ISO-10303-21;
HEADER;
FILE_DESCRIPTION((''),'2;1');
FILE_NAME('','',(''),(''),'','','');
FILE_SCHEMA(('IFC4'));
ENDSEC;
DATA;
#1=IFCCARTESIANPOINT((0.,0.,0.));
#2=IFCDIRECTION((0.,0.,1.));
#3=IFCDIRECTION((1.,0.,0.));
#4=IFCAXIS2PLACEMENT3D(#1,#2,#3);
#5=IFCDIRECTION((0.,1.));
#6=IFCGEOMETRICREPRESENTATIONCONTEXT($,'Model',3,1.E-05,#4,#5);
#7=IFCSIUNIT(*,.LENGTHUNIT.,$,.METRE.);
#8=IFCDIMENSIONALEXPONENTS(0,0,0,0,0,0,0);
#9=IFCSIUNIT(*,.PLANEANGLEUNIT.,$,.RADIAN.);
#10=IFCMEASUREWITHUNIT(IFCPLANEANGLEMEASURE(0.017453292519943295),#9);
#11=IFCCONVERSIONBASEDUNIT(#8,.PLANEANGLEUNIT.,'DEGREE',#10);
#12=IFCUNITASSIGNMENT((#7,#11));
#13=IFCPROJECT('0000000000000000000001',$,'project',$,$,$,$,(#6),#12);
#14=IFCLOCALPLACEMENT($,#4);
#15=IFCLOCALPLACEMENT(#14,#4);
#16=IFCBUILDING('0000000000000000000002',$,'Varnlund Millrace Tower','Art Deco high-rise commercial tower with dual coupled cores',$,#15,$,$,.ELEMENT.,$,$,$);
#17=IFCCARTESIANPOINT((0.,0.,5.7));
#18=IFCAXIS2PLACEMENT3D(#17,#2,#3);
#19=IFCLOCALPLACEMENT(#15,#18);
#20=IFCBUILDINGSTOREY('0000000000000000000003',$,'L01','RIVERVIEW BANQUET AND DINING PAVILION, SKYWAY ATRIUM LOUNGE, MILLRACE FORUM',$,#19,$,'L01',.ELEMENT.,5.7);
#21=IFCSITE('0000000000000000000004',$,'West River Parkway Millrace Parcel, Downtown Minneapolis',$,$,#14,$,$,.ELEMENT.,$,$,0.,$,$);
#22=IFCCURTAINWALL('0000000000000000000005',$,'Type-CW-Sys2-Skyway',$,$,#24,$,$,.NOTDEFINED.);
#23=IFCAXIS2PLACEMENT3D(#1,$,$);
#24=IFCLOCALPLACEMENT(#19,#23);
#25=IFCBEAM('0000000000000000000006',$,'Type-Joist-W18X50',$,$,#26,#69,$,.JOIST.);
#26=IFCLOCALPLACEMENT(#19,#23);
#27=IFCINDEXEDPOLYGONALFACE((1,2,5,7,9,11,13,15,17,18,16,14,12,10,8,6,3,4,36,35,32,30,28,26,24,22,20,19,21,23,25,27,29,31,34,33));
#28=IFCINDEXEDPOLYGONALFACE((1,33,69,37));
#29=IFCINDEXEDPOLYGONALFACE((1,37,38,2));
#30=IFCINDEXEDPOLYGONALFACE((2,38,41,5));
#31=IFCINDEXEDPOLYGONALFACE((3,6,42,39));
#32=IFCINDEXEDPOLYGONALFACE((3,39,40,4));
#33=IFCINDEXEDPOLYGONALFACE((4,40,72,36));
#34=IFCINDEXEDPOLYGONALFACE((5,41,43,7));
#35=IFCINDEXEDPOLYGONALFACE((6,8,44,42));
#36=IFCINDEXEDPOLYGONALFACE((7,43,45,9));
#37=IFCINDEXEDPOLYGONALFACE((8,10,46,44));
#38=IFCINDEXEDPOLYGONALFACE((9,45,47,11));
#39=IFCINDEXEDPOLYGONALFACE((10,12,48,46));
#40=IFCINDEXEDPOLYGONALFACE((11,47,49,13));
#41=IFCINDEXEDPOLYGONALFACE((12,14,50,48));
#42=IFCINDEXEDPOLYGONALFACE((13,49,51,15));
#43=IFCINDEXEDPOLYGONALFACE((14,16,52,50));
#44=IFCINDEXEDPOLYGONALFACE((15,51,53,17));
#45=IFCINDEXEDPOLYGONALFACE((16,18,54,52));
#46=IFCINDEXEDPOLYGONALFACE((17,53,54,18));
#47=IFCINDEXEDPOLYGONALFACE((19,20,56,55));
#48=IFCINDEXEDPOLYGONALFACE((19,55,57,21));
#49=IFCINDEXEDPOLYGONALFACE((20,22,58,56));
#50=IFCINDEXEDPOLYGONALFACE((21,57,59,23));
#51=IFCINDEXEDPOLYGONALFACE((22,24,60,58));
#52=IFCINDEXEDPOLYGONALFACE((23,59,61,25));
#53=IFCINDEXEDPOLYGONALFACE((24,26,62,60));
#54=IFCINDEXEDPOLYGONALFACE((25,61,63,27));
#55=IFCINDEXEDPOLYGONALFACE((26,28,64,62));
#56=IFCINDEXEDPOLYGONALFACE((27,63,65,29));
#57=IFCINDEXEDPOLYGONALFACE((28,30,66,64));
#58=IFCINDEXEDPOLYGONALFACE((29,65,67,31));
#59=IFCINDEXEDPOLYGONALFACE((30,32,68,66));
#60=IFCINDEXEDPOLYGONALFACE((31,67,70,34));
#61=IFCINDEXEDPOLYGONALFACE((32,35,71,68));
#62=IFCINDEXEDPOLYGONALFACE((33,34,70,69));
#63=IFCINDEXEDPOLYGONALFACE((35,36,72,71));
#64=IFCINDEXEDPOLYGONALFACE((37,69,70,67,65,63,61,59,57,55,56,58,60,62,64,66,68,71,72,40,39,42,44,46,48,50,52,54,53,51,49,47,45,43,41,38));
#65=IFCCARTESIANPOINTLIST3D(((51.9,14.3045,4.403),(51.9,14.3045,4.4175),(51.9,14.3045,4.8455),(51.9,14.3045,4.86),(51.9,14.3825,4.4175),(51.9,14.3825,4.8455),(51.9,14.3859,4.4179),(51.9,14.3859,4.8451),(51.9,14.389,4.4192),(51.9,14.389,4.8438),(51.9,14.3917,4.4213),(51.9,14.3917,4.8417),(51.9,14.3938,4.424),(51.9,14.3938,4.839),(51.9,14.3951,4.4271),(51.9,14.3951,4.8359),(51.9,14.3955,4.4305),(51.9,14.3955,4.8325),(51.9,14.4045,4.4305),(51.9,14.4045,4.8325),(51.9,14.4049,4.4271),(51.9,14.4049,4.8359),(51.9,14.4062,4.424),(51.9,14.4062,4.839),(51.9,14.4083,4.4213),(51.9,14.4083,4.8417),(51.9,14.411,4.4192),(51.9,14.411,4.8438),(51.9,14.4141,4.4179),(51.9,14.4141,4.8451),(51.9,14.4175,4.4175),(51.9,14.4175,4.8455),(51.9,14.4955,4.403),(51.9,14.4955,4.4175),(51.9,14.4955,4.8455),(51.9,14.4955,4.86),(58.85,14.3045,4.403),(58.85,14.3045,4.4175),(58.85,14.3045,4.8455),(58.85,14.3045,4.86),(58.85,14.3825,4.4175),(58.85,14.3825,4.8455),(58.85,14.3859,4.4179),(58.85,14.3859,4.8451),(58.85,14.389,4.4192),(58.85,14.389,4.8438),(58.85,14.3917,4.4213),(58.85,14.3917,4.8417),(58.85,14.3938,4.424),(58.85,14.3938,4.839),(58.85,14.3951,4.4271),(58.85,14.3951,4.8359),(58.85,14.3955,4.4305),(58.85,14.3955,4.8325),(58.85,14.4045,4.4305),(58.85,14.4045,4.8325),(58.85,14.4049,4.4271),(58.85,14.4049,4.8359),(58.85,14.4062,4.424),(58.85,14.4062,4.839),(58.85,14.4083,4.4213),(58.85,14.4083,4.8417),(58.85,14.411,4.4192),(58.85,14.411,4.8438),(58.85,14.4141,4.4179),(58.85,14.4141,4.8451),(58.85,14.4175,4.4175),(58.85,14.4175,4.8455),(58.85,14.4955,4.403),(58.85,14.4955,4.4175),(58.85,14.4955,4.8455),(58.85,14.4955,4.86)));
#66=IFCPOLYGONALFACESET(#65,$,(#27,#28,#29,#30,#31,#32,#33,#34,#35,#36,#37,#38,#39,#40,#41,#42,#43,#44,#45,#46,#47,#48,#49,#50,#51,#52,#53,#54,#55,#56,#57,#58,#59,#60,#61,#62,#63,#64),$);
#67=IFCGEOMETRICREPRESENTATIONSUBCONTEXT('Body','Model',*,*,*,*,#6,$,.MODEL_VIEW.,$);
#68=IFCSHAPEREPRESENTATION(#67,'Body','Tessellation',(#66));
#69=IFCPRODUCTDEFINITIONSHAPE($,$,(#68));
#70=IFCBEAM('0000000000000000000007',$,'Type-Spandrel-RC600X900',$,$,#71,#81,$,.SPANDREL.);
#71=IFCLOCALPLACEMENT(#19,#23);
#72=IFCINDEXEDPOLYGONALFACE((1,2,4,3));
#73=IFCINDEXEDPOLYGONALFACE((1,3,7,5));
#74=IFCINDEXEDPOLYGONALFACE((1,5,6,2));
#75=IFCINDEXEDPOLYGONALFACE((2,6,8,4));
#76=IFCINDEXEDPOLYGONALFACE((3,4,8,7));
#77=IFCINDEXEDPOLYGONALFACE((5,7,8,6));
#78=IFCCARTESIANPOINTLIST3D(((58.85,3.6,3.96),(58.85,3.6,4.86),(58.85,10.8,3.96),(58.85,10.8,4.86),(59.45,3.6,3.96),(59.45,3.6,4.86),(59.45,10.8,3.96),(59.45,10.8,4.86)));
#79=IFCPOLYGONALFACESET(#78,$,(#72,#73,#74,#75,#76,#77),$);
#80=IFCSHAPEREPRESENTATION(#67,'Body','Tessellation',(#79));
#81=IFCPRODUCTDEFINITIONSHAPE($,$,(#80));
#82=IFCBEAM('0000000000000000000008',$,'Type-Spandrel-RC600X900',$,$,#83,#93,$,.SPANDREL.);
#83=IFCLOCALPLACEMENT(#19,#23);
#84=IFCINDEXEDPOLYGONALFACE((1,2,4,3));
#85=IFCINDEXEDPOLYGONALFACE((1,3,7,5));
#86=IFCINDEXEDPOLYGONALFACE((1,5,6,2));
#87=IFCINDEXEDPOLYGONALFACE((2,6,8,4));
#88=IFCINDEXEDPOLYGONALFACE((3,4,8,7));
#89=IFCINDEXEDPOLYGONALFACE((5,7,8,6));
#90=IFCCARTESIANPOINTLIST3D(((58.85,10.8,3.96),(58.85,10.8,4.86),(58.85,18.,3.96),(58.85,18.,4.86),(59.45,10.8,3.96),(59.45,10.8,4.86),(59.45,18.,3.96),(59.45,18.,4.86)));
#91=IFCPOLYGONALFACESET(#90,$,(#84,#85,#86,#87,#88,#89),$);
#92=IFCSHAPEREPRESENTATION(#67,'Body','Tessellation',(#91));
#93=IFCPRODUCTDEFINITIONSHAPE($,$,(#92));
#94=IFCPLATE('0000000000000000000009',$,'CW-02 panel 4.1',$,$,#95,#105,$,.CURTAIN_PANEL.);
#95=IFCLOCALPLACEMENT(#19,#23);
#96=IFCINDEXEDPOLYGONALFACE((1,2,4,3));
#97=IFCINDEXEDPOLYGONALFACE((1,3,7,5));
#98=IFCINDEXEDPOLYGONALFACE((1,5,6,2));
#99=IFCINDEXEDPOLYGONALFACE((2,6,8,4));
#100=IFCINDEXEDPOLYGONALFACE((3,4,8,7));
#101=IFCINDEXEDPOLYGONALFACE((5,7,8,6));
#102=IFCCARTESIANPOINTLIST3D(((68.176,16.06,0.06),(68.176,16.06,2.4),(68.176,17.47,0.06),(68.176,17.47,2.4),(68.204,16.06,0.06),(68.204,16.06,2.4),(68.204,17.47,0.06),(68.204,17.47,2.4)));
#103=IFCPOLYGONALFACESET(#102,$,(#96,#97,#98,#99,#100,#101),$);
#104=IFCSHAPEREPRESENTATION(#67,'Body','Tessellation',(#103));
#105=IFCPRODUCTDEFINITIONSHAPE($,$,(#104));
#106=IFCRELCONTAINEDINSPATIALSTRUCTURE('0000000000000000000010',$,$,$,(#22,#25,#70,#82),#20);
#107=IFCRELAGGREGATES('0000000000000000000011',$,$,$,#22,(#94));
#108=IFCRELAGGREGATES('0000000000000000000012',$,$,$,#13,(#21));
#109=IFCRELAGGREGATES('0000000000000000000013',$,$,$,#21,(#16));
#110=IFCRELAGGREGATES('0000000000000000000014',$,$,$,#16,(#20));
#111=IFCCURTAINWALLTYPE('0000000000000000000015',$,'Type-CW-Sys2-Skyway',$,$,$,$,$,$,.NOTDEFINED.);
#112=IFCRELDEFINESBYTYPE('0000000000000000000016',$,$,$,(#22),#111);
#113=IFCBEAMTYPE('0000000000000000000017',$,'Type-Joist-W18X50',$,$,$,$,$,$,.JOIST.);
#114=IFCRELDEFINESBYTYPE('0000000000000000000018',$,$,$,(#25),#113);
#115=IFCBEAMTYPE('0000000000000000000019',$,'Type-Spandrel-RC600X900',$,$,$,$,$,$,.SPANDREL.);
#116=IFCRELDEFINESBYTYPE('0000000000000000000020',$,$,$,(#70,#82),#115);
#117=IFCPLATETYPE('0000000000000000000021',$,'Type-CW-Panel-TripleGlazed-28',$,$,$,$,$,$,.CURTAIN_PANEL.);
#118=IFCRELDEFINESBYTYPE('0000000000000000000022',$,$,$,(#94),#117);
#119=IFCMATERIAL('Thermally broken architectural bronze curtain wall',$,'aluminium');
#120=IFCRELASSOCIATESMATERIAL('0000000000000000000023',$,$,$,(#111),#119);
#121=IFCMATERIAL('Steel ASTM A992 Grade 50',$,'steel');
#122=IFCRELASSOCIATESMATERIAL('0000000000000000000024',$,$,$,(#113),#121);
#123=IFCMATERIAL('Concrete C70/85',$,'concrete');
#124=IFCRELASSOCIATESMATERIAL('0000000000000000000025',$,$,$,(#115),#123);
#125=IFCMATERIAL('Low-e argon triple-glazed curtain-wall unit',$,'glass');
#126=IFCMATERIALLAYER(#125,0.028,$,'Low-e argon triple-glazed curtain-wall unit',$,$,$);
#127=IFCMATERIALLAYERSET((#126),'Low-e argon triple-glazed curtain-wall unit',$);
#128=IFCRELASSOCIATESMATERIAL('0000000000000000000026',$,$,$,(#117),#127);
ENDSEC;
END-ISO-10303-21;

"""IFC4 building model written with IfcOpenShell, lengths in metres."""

from ifc_helpers import new_model, entity, si_unit, converted_unit, direction, frame, origin_with_axes, origin_2d_with_axis, place, context, subcontext, project, spatial, rectangle, i_section, extrude, material, layer, layer_set, material_profile, profile_set, type_object, element, aggregate, save


model = new_model("IFC4")

# Units and contexts
model_context = context("Model", 3, precision=1e-05, world=origin_with_axes(), true_north=direction((0.0, 1.0)))
body_context = subcontext(model_context, "Body", "Model", "MODEL_VIEW")
ifc_project = project(units=[si_unit("LENGTHUNIT", "METRE"), converted_unit("PLANEANGLEUNIT", "DEGREE", entity("IfcPlaneAngleMeasure", 0.017453292519943295), si_unit("PLANEANGLEUNIT", "RADIAN"), dimensions=[0, 0, 0, 0, 0, 0, 0])], contexts=[model_context])

# Site, building, storey
site_placement = place(None, origin_with_axes())
site = spatial("IfcSite", under=ifc_project, at=site_placement, Name="West River Parkway Millrace Parcel, Downtown Minneapolis", CompositionType="ELEMENT", RefElevation=0.0)
building_placement = place(site_placement, origin_with_axes())
building = spatial("IfcBuilding", under=site, at=building_placement, Name="Varnlund Millrace Tower", Description="Art Deco high-rise commercial tower with dual coupled cores", CompositionType="ELEMENT")
storey_placement = place(building_placement, frame((0.0, 0.0, 5.7), z_axis=(0.0, 0.0, 1.0), x_axis=(1.0, 0.0, 0.0)))
storey = spatial("IfcBuildingStorey", under=building, at=storey_placement, Name="L01", Description="RIVERVIEW BANQUET AND DINING PAVILION, SKYWAY ATRIUM LOUNGE, MILLRACE FORUM", LongName="L01", CompositionType="ELEMENT", Elevation=5.7)

# Shared definitions
ifc_material_1 = material(Name="Steel ASTM A992 Grade 50", Category="steel")

# Curtain wall
ifc_material_2 = material(Name="Thermally broken architectural bronze curtain wall", Category="aluminium")
curtain_wall_type = type_object("IfcCurtainWallType", Name="Type-CW-Sys2-Skyway", PredefinedType="NOTDEFINED", material=ifc_material_2)
curtain_wall_placement = place(storey_placement, frame((68.19, 22.0, 0.0), z_axis=(0.0, 0.0, 1.0), x_axis=(1.0, 0.0, 0.0)))
curtain_wall = element("IfcCurtainWall", 1, at=curtain_wall_placement, inside=storey, type_object=curtain_wall_type, Name="Type-CW-Sys2-Skyway", PredefinedType="NOTDEFINED")

# Beams
ifc_material_profile_1 = material_profile(ifc_material_1, i_section(OverallWidth=0.191, OverallDepth=0.457, WebThickness=0.009, FlangeThickness=0.0145, FilletRadius=0.013, at=origin_2d_with_axis()), Name="Steel ASTM A992 Grade 50")
ifc_profile_set_1 = profile_set([ifc_material_profile_1], Name="Steel ASTM A992 Grade 50")
beam_type_1 = type_object("IfcBeamType", Name="Type-Joist-W18X50", PredefinedType="JOIST", material=ifc_profile_set_1)
for number, where, z_axis, x_axis, name in (
    (2, (51.9, 14.4, 4.6315), (1.0, 0.0, 0.0), (0.0, 1.0, 0.0), "Type-Joist-W18X50"),
):
    element("IfcBeam", number, at=place(storey_placement, frame(where, z_axis=z_axis, x_axis=x_axis)), inside=storey, type_object=beam_type_1, Name=name, PredefinedType="JOIST", context=body_context, shape_type="SweptSolid", body=[
        extrude(i_section(OverallWidth=0.191, OverallDepth=0.457, WebThickness=0.009, FlangeThickness=0.0145, FilletRadius=0.013, at=origin_2d_with_axis()), origin_with_axes(), (0.0, 0.0, 1.0), 6.95),
    ])
ifc_material_3 = material(Name="Concrete C70/85", Category="concrete")
ifc_material_profile_2 = material_profile(ifc_material_3, rectangle(XDim=0.6, YDim=0.9, at=origin_2d_with_axis()), Name="Concrete C70/85")
ifc_profile_set_2 = profile_set([ifc_material_profile_2], Name="Concrete C70/85")
beam_type_2 = type_object("IfcBeamType", Name="Type-Spandrel-RC600X900", PredefinedType="SPANDREL", material=ifc_profile_set_2)
for number, where, z_axis, x_axis, name in (
    (3, (59.15, 3.6, 4.41), (0.0, 1.0, 0.0), (-1.0, 0.0, 0.0), "Type-Spandrel-RC600X900"),
    (4, (59.15, 10.8, 4.41), (0.0, 1.0, 0.0), (-1.0, 0.0, 0.0), "Type-Spandrel-RC600X900"),
):
    element("IfcBeam", number, at=place(storey_placement, frame(where, z_axis=z_axis, x_axis=x_axis)), inside=storey, type_object=beam_type_2, Name=name, PredefinedType="SPANDREL", context=body_context, shape_type="SweptSolid", body=[
        extrude(rectangle(XDim=0.6, YDim=0.9, at=origin_2d_with_axis()), origin_with_axes(), (0.0, 0.0, 1.0), 7.2),
    ])

# Plate
ifc_material_4 = material(Name="Low-e argon triple-glazed curtain-wall unit", Category="glass")
ifc_layer_1 = layer(ifc_material_4, 0.028, Name="Low-e argon triple-glazed curtain-wall unit")
ifc_layer_set_1 = layer_set([ifc_layer_1], Name="Low-e argon triple-glazed curtain-wall unit")
plate_type = type_object("IfcPlateType", Name="Type-CW-Panel-TripleGlazed-28", PredefinedType="CURTAIN_PANEL", material=ifc_layer_set_1)
plate_placement = place(storey_placement, frame((68.19, 16.765, 0.06), z_axis=(0.0, 0.0, 1.0), x_axis=(0.0, -1.0, 0.0)))
plate = element("IfcPlate", 5, at=plate_placement, type_object=plate_type, Name="CW-02 panel 4.1", PredefinedType="CURTAIN_PANEL", context=body_context, shape_type="SweptSolid", body=[
    extrude(rectangle(XDim=1.41, YDim=0.028, at=origin_2d_with_axis()), origin_with_axes(), (0.0, 0.0, 1.0), 2.34),
])
aggregate(curtain_wall, [plate])

save(model, "model.ifc")
